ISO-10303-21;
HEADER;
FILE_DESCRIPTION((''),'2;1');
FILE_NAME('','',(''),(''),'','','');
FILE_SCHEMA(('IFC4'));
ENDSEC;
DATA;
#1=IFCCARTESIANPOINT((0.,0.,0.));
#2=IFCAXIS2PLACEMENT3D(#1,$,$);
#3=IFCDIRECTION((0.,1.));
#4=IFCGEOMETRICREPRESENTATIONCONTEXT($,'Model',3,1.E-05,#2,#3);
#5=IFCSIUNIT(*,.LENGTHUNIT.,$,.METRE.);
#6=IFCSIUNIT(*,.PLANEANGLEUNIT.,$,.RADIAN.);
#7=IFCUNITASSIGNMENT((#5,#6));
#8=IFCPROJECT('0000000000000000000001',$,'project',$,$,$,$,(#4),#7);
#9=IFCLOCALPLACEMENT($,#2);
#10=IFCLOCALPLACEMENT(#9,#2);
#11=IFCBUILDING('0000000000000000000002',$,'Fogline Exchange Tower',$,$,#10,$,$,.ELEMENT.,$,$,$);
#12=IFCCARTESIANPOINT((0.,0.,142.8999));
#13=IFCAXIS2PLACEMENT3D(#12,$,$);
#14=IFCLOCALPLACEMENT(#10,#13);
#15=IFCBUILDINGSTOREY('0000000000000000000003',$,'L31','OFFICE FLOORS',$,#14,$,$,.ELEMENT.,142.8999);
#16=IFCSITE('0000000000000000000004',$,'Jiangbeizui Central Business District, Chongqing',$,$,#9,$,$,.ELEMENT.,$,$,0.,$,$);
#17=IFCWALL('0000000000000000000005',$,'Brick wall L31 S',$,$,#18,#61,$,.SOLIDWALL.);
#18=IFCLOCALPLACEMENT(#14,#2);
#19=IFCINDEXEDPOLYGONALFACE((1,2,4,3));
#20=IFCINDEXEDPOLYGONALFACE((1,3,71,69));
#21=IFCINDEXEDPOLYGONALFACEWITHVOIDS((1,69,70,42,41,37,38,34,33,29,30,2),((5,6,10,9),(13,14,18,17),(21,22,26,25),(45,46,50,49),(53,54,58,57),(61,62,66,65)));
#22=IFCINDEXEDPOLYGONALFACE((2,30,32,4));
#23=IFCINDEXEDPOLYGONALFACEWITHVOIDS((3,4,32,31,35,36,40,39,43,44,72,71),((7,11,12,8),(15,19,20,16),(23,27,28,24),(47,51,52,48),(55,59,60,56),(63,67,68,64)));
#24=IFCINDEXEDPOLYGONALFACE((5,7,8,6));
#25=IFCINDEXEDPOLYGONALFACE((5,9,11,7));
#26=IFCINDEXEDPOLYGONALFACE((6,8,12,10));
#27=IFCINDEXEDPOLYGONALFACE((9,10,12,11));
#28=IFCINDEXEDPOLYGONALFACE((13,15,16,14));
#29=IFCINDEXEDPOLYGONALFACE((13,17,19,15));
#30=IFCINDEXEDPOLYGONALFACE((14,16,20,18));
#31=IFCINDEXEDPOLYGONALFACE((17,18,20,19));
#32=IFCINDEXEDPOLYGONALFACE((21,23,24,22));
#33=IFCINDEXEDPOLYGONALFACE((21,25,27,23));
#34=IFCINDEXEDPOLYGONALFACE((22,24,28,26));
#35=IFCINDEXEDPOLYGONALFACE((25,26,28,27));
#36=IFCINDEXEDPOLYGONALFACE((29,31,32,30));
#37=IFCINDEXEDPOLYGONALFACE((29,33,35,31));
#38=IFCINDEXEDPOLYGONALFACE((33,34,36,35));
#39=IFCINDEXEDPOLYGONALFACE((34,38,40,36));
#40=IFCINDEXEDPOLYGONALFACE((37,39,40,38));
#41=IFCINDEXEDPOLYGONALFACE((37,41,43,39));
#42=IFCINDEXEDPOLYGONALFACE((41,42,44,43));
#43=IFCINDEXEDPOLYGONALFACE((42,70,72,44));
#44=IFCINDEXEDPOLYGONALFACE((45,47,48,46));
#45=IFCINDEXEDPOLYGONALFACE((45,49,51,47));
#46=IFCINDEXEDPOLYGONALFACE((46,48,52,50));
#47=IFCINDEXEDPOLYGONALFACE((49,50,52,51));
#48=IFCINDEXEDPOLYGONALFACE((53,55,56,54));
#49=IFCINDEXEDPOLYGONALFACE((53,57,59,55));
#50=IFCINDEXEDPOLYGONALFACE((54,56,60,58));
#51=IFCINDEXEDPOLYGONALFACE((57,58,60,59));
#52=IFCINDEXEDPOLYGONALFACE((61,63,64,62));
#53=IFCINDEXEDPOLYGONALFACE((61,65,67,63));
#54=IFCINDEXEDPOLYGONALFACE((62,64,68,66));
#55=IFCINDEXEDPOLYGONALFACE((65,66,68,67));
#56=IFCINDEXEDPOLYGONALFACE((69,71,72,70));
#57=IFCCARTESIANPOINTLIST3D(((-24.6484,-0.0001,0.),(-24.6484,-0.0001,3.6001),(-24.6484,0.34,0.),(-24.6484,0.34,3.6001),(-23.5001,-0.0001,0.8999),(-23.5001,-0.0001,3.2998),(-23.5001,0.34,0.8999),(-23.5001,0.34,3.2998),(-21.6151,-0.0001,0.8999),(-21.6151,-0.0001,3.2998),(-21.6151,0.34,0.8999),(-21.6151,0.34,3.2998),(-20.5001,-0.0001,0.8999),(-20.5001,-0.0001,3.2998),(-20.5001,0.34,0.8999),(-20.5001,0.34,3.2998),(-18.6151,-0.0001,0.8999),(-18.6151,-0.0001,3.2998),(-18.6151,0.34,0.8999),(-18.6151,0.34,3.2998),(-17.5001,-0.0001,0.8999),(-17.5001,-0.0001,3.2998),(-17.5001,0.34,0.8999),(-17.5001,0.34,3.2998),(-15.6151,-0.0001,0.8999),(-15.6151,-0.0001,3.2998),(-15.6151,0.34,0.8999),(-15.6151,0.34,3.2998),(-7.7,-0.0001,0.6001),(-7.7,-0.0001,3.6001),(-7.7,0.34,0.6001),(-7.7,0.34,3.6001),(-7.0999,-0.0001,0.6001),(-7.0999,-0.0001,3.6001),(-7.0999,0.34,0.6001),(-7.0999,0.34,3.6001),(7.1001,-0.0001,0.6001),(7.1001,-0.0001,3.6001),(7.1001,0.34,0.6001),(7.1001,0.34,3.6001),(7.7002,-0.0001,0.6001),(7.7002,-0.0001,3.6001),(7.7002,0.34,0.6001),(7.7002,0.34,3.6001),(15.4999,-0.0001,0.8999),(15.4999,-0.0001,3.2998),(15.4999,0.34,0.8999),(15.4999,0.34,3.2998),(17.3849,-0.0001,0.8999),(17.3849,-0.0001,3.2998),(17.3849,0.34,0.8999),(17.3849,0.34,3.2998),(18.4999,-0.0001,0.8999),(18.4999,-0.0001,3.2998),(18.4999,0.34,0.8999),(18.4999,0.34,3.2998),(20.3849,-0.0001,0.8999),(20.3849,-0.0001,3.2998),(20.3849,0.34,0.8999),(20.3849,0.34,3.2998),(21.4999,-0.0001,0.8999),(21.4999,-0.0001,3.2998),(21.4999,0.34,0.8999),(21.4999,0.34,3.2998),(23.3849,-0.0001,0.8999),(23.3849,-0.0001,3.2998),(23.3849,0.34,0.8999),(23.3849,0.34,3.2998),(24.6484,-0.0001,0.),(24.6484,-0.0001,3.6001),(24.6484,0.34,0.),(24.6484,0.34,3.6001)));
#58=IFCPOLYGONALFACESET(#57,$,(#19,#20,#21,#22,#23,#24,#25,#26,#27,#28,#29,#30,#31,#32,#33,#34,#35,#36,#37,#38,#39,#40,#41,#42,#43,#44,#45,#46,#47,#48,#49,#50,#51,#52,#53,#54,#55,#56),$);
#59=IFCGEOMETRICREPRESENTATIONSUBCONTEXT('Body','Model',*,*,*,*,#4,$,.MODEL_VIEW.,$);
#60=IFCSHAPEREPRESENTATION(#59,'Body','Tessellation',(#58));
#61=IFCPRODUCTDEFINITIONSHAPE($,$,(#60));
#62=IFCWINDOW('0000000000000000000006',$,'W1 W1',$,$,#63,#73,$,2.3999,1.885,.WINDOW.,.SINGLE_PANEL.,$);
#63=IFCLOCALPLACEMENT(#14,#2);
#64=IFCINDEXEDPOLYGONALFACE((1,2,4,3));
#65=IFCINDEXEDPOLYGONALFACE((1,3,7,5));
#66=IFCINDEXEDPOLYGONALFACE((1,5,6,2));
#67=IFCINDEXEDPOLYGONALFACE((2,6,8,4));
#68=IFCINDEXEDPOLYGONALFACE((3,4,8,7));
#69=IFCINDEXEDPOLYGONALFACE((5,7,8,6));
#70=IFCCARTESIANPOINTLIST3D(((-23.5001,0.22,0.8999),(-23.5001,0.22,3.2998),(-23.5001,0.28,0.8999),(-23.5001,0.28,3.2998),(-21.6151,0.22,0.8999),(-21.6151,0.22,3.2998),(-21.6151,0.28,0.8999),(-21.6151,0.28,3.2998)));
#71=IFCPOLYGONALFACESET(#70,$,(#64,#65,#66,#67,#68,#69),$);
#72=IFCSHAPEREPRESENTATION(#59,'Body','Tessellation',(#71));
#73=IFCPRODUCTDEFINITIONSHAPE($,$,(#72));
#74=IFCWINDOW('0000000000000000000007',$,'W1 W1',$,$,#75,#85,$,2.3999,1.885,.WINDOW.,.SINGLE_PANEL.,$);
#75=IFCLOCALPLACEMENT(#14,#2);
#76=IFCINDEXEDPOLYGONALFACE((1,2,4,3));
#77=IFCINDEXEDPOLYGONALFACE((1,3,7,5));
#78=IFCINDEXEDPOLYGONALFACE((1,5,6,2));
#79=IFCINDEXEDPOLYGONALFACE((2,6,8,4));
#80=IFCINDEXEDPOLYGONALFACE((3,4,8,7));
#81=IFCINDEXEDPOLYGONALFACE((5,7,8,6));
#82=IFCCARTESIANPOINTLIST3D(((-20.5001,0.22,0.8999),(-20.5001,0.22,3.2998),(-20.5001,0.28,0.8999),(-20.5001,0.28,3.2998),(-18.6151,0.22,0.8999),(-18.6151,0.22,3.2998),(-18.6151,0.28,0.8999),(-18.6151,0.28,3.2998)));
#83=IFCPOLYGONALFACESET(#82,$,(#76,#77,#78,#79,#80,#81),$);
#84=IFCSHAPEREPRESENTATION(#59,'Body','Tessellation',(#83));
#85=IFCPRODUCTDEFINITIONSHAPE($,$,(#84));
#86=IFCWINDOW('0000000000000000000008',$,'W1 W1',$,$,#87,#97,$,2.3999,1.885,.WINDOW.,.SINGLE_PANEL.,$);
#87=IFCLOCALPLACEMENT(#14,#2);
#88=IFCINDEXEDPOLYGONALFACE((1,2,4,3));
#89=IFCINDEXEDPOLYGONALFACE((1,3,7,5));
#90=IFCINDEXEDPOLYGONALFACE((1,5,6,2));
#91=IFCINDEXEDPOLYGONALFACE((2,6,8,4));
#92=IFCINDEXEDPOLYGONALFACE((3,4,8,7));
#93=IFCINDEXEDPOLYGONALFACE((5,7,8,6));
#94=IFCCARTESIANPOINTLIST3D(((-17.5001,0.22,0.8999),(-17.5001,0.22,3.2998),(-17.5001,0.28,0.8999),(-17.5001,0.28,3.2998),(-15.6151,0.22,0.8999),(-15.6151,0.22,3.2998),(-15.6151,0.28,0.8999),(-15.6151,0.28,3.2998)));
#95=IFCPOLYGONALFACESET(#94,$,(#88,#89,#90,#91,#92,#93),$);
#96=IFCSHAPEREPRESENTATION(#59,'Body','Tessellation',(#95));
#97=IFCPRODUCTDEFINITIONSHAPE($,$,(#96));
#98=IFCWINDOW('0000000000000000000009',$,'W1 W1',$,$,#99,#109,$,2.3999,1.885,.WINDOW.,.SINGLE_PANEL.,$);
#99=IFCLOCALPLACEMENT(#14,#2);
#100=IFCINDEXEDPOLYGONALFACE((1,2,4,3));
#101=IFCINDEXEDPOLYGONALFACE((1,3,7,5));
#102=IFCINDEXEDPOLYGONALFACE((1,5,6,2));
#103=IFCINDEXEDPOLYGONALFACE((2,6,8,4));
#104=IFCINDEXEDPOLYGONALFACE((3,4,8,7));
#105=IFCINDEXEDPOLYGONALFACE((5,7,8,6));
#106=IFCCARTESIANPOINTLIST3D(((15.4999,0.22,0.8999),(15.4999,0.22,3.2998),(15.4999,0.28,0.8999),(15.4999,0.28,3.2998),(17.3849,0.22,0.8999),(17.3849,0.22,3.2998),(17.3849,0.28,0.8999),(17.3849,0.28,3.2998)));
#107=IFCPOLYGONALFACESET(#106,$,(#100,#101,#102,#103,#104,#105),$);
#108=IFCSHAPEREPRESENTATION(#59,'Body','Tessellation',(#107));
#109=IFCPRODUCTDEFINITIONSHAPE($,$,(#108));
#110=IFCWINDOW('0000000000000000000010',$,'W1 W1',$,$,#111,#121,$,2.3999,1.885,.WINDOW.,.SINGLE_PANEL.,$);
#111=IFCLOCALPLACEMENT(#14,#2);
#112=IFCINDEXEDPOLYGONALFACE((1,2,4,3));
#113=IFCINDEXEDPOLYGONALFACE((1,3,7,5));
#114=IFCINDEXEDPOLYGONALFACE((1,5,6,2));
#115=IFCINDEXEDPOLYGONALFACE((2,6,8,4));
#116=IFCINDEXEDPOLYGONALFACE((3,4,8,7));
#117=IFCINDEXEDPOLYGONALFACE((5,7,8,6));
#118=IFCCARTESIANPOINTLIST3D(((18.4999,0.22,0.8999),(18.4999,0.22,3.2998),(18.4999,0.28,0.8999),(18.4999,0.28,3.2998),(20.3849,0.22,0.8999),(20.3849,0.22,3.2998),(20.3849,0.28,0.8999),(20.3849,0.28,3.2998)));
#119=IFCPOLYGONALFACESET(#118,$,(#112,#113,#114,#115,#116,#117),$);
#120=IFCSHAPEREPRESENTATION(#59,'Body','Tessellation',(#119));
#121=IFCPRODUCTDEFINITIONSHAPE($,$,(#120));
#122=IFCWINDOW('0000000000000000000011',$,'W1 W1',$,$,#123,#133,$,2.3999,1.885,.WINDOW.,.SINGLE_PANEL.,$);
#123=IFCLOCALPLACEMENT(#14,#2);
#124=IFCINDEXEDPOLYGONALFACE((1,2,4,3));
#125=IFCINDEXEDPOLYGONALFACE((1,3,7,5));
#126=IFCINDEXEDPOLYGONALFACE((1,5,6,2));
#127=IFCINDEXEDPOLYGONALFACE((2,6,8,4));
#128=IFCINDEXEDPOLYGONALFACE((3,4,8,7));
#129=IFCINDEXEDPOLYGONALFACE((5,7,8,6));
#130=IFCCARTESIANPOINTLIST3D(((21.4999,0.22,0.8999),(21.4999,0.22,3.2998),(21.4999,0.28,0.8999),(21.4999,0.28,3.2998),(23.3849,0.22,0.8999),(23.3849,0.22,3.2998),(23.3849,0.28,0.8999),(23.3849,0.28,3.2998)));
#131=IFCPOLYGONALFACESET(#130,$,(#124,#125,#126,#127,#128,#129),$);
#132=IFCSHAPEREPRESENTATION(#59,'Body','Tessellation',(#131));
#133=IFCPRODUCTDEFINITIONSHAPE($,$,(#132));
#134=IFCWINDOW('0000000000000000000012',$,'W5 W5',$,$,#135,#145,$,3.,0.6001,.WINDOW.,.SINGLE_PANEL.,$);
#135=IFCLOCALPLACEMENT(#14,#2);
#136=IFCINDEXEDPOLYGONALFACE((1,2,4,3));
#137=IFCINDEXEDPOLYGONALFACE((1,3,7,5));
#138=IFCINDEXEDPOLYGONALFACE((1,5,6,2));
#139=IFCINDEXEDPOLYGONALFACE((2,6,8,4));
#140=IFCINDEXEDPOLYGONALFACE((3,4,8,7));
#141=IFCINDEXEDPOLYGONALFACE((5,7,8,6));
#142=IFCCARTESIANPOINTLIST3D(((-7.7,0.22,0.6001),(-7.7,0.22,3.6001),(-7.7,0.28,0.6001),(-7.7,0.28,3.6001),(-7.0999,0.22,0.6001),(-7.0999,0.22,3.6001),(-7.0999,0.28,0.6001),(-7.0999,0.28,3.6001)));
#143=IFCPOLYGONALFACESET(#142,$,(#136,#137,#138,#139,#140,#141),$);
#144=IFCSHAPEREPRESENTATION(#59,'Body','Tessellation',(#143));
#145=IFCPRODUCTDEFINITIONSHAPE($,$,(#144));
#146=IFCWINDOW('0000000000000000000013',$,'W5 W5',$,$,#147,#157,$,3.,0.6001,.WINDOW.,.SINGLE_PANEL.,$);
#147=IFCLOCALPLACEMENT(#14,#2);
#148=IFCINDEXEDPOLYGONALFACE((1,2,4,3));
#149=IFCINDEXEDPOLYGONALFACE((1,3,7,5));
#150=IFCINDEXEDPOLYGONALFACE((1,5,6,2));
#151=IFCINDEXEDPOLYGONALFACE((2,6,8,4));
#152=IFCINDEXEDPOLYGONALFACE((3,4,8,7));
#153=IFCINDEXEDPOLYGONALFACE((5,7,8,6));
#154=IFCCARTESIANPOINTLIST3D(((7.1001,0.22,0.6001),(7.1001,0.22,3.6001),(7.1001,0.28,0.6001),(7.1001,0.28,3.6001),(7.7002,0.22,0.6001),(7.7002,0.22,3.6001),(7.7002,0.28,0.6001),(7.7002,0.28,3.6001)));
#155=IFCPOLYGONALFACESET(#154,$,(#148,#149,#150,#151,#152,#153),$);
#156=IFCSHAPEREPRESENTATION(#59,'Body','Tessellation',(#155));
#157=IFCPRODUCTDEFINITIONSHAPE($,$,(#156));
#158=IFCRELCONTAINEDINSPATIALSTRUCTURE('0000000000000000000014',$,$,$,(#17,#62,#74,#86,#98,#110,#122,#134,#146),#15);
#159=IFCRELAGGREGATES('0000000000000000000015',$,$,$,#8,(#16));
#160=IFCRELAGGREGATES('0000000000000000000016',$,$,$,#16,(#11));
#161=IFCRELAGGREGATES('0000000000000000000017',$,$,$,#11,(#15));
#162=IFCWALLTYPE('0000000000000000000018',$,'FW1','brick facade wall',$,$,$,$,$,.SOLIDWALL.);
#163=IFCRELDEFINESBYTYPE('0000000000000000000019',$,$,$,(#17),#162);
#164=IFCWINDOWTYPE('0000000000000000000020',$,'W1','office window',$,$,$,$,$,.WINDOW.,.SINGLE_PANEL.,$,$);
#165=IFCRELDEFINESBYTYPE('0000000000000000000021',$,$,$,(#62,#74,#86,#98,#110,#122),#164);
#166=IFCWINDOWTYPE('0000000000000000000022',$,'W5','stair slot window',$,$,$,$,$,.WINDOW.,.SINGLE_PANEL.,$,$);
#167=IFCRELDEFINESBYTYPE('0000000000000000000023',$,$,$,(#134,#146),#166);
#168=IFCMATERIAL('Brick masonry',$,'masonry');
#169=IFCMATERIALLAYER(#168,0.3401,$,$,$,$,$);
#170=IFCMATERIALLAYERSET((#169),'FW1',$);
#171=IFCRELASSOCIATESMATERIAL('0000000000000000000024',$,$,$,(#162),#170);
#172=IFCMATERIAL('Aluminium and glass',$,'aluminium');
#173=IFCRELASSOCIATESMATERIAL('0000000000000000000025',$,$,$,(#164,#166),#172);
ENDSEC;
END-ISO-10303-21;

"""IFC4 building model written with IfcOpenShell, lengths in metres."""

from ifc_helpers import new_model, si_unit, direction, frame, frame_2d, origin, place, context, subcontext, project, spatial, rectangle, extrude, material, layer, layer_set, type_object, element, fill, save


model = new_model("IFC4")

# Units and contexts
model_context = context("Model", 3, precision=1e-05, world=origin(), true_north=direction((0.0, 1.0)))
body_context = subcontext(model_context, "Body", "Model", "MODEL_VIEW")
ifc_project = project(units=[si_unit("LENGTHUNIT", "METRE"), si_unit("PLANEANGLEUNIT", "RADIAN")], contexts=[model_context])

# Site, building, storey
site_placement = place(None, origin())
site = spatial("IfcSite", under=ifc_project, at=site_placement, Name="Jiangbeizui Central Business District, Chongqing", CompositionType="ELEMENT", RefElevation=0.0)
building_placement = place(site_placement, origin())
building = spatial("IfcBuilding", under=site, at=building_placement, Name="Fogline Exchange Tower", CompositionType="ELEMENT")
storey_placement = place(building_placement, frame((0.0, 0.0, 142.8999)))
storey = spatial("IfcBuildingStorey", under=building, at=storey_placement, Name="L31", Description="OFFICE FLOORS", CompositionType="ELEMENT", Elevation=142.8999)

# Shared definitions
ifc_material_1 = material(Name="Brick masonry", Category="masonry")
ifc_layer = layer(ifc_material_1, 0.3401)
ifc_layer_set = layer_set([ifc_layer], Name="FW1")
wall_type = type_object("IfcWallType", Name="FW1", Description="brick facade wall", PredefinedType="SOLIDWALL", material=ifc_layer_set)
ifc_material_2 = material(Name="Aluminium and glass", Category="aluminium")

# Wall, openings, windows
wall_1_placement = place(storey_placement, frame((-24.6484, 0.1699, 0.0), z_axis=(0.0, 0.0, 1.0), x_axis=(1.0, 0.0, 0.0)))
wall_1 = element("IfcWall", 1, at=wall_1_placement, inside=storey, type_object=wall_type, Name="Brick wall L31 S", PredefinedType="SOLIDWALL", context=body_context, shape_type="SweptSolid", body=[
    extrude(rectangle(XDim=49.2969, YDim=0.3401, at=frame_2d((24.6484, 0.0))), origin(), (0.0, 0.0, 1.0), 3.6001),
])
opening_1_placement = place(wall_1_placement, frame((1.1484, 0.0, 0.8999)))
opening_1 = element("IfcOpeningElement", 2, at=opening_1_placement, cuts=wall_1, PredefinedType="OPENING", context=body_context, shape_type="SweptSolid", body=[
    extrude(rectangle(XDim=1.885, YDim=2.3999, at=frame_2d((0.9424, 1.2))), frame((0.0, 0.1802, 0.0), z_axis=(0.0, -1.0, 0.0), x_axis=(1.0, 0.0, 0.0)), (0.0, 0.0, 1.0), 0.3601),
])
opening_2_placement = place(wall_1_placement, frame((4.1484, 0.0, 0.8999)))
opening_2 = element("IfcOpeningElement", 3, at=opening_2_placement, cuts=wall_1, PredefinedType="OPENING", context=body_context, shape_type="SweptSolid", body=[
    extrude(rectangle(XDim=1.885, YDim=2.3999, at=frame_2d((0.9424, 1.2))), frame((0.0, 0.1802, 0.0), z_axis=(0.0, -1.0, 0.0), x_axis=(1.0, 0.0, 0.0)), (0.0, 0.0, 1.0), 0.3601),
])
opening_3_placement = place(wall_1_placement, frame((7.1484, 0.0, 0.8999)))
opening_3 = element("IfcOpeningElement", 4, at=opening_3_placement, cuts=wall_1, PredefinedType="OPENING", context=body_context, shape_type="SweptSolid", body=[
    extrude(rectangle(XDim=1.885, YDim=2.3999, at=frame_2d((0.9424, 1.2))), frame((0.0, 0.1802, 0.0), z_axis=(0.0, -1.0, 0.0), x_axis=(1.0, 0.0, 0.0)), (0.0, 0.0, 1.0), 0.3601),
])
opening_4_placement = place(wall_1_placement, frame((40.1484, 0.0, 0.8999)))
opening_4 = element("IfcOpeningElement", 5, at=opening_4_placement, cuts=wall_1, PredefinedType="OPENING", context=body_context, shape_type="SweptSolid", body=[
    extrude(rectangle(XDim=1.885, YDim=2.3999, at=frame_2d((0.9424, 1.2))), frame((0.0, 0.1802, 0.0), z_axis=(0.0, -1.0, 0.0), x_axis=(1.0, 0.0, 0.0)), (0.0, 0.0, 1.0), 0.3601),
])
opening_5_placement = place(wall_1_placement, frame((43.1484, 0.0, 0.8999)))
opening_5 = element("IfcOpeningElement", 6, at=opening_5_placement, cuts=wall_1, PredefinedType="OPENING", context=body_context, shape_type="SweptSolid", body=[
    extrude(rectangle(XDim=1.885, YDim=2.3999, at=frame_2d((0.9424, 1.2))), frame((0.0, 0.1802, 0.0), z_axis=(0.0, -1.0, 0.0), x_axis=(1.0, 0.0, 0.0)), (0.0, 0.0, 1.0), 0.3601),
])
opening_6_placement = place(wall_1_placement, frame((46.1484, 0.0, 0.8999)))
opening_6 = element("IfcOpeningElement", 7, at=opening_6_placement, cuts=wall_1, PredefinedType="OPENING", context=body_context, shape_type="SweptSolid", body=[
    extrude(rectangle(XDim=1.885, YDim=2.3999, at=frame_2d((0.9424, 1.2))), frame((0.0, 0.1802, 0.0), z_axis=(0.0, -1.0, 0.0), x_axis=(1.0, 0.0, 0.0)), (0.0, 0.0, 1.0), 0.3601),
])
opening_7_placement = place(wall_1_placement, frame((16.9485, 0.0, 0.6001)))
opening_7 = element("IfcOpeningElement", 8, at=opening_7_placement, cuts=wall_1, PredefinedType="OPENING", context=body_context, shape_type="SweptSolid", body=[
    extrude(rectangle(XDim=0.6001, YDim=3.0, at=frame_2d((0.3, 1.5))), frame((0.0, 0.1802, 0.0), z_axis=(0.0, -1.0, 0.0), x_axis=(1.0, 0.0, 0.0)), (0.0, 0.0, 1.0), 0.3601),
])
opening_8_placement = place(wall_1_placement, frame((31.7485, 0.0, 0.6001)))
opening_8 = element("IfcOpeningElement", 9, at=opening_8_placement, cuts=wall_1, PredefinedType="OPENING", context=body_context, shape_type="SweptSolid", body=[
    extrude(rectangle(XDim=0.6001, YDim=3.0, at=frame_2d((0.3, 1.5))), frame((0.0, 0.1802, 0.0), z_axis=(0.0, -1.0, 0.0), x_axis=(1.0, 0.0, 0.0)), (0.0, 0.0, 1.0), 0.3601),
])
window_type_1 = type_object("IfcWindowType", Name="W1", Description="office window", PartitioningType="SINGLE_PANEL", PredefinedType="WINDOW", material=ifc_material_2)
window_1_placement = place(opening_1_placement, origin())
window_1 = element("IfcWindow", 10, at=window_1_placement, inside=storey, type_object=window_type_1, Name="W1 W1", OverallHeight=2.3999, OverallWidth=1.885, PartitioningType="SINGLE_PANEL", PredefinedType="WINDOW", context=body_context, shape_type="SweptSolid", body=[
    extrude(rectangle(XDim=1.885, YDim=2.3999, at=frame_2d((0.9424, 1.2))), frame((0.0, 0.1101, 0.0), z_axis=(0.0, -1.0, 0.0), x_axis=(1.0, 0.0, 0.0)), (0.0, 0.0, 1.0), 0.0601),
])
fill(opening_1, window_1)
window_2_placement = place(opening_2_placement, origin())
window_2 = element("IfcWindow", 11, at=window_2_placement, inside=storey, type_object=window_type_1, Name="W1 W1", OverallHeight=2.3999, OverallWidth=1.885, PartitioningType="SINGLE_PANEL", PredefinedType="WINDOW", context=body_context, shape_type="SweptSolid", body=[
    extrude(rectangle(XDim=1.885, YDim=2.3999, at=frame_2d((0.9424, 1.2))), frame((0.0, 0.1101, 0.0), z_axis=(0.0, -1.0, 0.0), x_axis=(1.0, 0.0, 0.0)), (0.0, 0.0, 1.0), 0.0601),
])
fill(opening_2, window_2)
window_3_placement = place(opening_3_placement, origin())
window_3 = element("IfcWindow", 12, at=window_3_placement, inside=storey, type_object=window_type_1, Name="W1 W1", OverallHeight=2.3999, OverallWidth=1.885, PartitioningType="SINGLE_PANEL", PredefinedType="WINDOW", context=body_context, shape_type="SweptSolid", body=[
    extrude(rectangle(XDim=1.885, YDim=2.3999, at=frame_2d((0.9424, 1.2))), frame((0.0, 0.1101, 0.0), z_axis=(0.0, -1.0, 0.0), x_axis=(1.0, 0.0, 0.0)), (0.0, 0.0, 1.0), 0.0601),
])
fill(opening_3, window_3)
window_4_placement = place(opening_4_placement, origin())
window_4 = element("IfcWindow", 13, at=window_4_placement, inside=storey, type_object=window_type_1, Name="W1 W1", OverallHeight=2.3999, OverallWidth=1.885, PartitioningType="SINGLE_PANEL", PredefinedType="WINDOW", context=body_context, shape_type="SweptSolid", body=[
    extrude(rectangle(XDim=1.885, YDim=2.3999, at=frame_2d((0.9424, 1.2))), frame((0.0, 0.1101, 0.0), z_axis=(0.0, -1.0, 0.0), x_axis=(1.0, 0.0, 0.0)), (0.0, 0.0, 1.0), 0.0601),
])
fill(opening_4, window_4)
window_5_placement = place(opening_5_placement, origin())
window_5 = element("IfcWindow", 14, at=window_5_placement, inside=storey, type_object=window_type_1, Name="W1 W1", OverallHeight=2.3999, OverallWidth=1.885, PartitioningType="SINGLE_PANEL", PredefinedType="WINDOW", context=body_context, shape_type="SweptSolid", body=[
    extrude(rectangle(XDim=1.885, YDim=2.3999, at=frame_2d((0.9424, 1.2))), frame((0.0, 0.1101, 0.0), z_axis=(0.0, -1.0, 0.0), x_axis=(1.0, 0.0, 0.0)), (0.0, 0.0, 1.0), 0.0601),
])
fill(opening_5, window_5)
window_6_placement = place(opening_6_placement, origin())
window_6 = element("IfcWindow", 15, at=window_6_placement, inside=storey, type_object=window_type_1, Name="W1 W1", OverallHeight=2.3999, OverallWidth=1.885, PartitioningType="SINGLE_PANEL", PredefinedType="WINDOW", context=body_context, shape_type="SweptSolid", body=[
    extrude(rectangle(XDim=1.885, YDim=2.3999, at=frame_2d((0.9424, 1.2))), frame((0.0, 0.1101, 0.0), z_axis=(0.0, -1.0, 0.0), x_axis=(1.0, 0.0, 0.0)), (0.0, 0.0, 1.0), 0.0601),
])
fill(opening_6, window_6)
window_type_2 = type_object("IfcWindowType", Name="W5", Description="stair slot window", PartitioningType="SINGLE_PANEL", PredefinedType="WINDOW", material=ifc_material_2)
window_7_placement = place(opening_7_placement, origin())
window_7 = element("IfcWindow", 16, at=window_7_placement, inside=storey, type_object=window_type_2, Name="W5 W5", OverallHeight=3.0, OverallWidth=0.6001, PartitioningType="SINGLE_PANEL", PredefinedType="WINDOW", context=body_context, shape_type="SweptSolid", body=[
    extrude(rectangle(XDim=0.6001, YDim=3.0, at=frame_2d((0.3, 1.5))), frame((0.0, 0.1101, 0.0), z_axis=(0.0, -1.0, 0.0), x_axis=(1.0, 0.0, 0.0)), (0.0, 0.0, 1.0), 0.0601),
])
fill(opening_7, window_7)
window_8_placement = place(opening_8_placement, origin())
window_8 = element("IfcWindow", 17, at=window_8_placement, inside=storey, type_object=window_type_2, Name="W5 W5", OverallHeight=3.0, OverallWidth=0.6001, PartitioningType="SINGLE_PANEL", PredefinedType="WINDOW", context=body_context, shape_type="SweptSolid", body=[
    extrude(rectangle(XDim=0.6001, YDim=3.0, at=frame_2d((0.3, 1.5))), frame((0.0, 0.1101, 0.0), z_axis=(0.0, -1.0, 0.0), x_axis=(1.0, 0.0, 0.0)), (0.0, 0.0, 1.0), 0.0601),
])
fill(opening_8, window_8)

save(model, "model.ifc")
